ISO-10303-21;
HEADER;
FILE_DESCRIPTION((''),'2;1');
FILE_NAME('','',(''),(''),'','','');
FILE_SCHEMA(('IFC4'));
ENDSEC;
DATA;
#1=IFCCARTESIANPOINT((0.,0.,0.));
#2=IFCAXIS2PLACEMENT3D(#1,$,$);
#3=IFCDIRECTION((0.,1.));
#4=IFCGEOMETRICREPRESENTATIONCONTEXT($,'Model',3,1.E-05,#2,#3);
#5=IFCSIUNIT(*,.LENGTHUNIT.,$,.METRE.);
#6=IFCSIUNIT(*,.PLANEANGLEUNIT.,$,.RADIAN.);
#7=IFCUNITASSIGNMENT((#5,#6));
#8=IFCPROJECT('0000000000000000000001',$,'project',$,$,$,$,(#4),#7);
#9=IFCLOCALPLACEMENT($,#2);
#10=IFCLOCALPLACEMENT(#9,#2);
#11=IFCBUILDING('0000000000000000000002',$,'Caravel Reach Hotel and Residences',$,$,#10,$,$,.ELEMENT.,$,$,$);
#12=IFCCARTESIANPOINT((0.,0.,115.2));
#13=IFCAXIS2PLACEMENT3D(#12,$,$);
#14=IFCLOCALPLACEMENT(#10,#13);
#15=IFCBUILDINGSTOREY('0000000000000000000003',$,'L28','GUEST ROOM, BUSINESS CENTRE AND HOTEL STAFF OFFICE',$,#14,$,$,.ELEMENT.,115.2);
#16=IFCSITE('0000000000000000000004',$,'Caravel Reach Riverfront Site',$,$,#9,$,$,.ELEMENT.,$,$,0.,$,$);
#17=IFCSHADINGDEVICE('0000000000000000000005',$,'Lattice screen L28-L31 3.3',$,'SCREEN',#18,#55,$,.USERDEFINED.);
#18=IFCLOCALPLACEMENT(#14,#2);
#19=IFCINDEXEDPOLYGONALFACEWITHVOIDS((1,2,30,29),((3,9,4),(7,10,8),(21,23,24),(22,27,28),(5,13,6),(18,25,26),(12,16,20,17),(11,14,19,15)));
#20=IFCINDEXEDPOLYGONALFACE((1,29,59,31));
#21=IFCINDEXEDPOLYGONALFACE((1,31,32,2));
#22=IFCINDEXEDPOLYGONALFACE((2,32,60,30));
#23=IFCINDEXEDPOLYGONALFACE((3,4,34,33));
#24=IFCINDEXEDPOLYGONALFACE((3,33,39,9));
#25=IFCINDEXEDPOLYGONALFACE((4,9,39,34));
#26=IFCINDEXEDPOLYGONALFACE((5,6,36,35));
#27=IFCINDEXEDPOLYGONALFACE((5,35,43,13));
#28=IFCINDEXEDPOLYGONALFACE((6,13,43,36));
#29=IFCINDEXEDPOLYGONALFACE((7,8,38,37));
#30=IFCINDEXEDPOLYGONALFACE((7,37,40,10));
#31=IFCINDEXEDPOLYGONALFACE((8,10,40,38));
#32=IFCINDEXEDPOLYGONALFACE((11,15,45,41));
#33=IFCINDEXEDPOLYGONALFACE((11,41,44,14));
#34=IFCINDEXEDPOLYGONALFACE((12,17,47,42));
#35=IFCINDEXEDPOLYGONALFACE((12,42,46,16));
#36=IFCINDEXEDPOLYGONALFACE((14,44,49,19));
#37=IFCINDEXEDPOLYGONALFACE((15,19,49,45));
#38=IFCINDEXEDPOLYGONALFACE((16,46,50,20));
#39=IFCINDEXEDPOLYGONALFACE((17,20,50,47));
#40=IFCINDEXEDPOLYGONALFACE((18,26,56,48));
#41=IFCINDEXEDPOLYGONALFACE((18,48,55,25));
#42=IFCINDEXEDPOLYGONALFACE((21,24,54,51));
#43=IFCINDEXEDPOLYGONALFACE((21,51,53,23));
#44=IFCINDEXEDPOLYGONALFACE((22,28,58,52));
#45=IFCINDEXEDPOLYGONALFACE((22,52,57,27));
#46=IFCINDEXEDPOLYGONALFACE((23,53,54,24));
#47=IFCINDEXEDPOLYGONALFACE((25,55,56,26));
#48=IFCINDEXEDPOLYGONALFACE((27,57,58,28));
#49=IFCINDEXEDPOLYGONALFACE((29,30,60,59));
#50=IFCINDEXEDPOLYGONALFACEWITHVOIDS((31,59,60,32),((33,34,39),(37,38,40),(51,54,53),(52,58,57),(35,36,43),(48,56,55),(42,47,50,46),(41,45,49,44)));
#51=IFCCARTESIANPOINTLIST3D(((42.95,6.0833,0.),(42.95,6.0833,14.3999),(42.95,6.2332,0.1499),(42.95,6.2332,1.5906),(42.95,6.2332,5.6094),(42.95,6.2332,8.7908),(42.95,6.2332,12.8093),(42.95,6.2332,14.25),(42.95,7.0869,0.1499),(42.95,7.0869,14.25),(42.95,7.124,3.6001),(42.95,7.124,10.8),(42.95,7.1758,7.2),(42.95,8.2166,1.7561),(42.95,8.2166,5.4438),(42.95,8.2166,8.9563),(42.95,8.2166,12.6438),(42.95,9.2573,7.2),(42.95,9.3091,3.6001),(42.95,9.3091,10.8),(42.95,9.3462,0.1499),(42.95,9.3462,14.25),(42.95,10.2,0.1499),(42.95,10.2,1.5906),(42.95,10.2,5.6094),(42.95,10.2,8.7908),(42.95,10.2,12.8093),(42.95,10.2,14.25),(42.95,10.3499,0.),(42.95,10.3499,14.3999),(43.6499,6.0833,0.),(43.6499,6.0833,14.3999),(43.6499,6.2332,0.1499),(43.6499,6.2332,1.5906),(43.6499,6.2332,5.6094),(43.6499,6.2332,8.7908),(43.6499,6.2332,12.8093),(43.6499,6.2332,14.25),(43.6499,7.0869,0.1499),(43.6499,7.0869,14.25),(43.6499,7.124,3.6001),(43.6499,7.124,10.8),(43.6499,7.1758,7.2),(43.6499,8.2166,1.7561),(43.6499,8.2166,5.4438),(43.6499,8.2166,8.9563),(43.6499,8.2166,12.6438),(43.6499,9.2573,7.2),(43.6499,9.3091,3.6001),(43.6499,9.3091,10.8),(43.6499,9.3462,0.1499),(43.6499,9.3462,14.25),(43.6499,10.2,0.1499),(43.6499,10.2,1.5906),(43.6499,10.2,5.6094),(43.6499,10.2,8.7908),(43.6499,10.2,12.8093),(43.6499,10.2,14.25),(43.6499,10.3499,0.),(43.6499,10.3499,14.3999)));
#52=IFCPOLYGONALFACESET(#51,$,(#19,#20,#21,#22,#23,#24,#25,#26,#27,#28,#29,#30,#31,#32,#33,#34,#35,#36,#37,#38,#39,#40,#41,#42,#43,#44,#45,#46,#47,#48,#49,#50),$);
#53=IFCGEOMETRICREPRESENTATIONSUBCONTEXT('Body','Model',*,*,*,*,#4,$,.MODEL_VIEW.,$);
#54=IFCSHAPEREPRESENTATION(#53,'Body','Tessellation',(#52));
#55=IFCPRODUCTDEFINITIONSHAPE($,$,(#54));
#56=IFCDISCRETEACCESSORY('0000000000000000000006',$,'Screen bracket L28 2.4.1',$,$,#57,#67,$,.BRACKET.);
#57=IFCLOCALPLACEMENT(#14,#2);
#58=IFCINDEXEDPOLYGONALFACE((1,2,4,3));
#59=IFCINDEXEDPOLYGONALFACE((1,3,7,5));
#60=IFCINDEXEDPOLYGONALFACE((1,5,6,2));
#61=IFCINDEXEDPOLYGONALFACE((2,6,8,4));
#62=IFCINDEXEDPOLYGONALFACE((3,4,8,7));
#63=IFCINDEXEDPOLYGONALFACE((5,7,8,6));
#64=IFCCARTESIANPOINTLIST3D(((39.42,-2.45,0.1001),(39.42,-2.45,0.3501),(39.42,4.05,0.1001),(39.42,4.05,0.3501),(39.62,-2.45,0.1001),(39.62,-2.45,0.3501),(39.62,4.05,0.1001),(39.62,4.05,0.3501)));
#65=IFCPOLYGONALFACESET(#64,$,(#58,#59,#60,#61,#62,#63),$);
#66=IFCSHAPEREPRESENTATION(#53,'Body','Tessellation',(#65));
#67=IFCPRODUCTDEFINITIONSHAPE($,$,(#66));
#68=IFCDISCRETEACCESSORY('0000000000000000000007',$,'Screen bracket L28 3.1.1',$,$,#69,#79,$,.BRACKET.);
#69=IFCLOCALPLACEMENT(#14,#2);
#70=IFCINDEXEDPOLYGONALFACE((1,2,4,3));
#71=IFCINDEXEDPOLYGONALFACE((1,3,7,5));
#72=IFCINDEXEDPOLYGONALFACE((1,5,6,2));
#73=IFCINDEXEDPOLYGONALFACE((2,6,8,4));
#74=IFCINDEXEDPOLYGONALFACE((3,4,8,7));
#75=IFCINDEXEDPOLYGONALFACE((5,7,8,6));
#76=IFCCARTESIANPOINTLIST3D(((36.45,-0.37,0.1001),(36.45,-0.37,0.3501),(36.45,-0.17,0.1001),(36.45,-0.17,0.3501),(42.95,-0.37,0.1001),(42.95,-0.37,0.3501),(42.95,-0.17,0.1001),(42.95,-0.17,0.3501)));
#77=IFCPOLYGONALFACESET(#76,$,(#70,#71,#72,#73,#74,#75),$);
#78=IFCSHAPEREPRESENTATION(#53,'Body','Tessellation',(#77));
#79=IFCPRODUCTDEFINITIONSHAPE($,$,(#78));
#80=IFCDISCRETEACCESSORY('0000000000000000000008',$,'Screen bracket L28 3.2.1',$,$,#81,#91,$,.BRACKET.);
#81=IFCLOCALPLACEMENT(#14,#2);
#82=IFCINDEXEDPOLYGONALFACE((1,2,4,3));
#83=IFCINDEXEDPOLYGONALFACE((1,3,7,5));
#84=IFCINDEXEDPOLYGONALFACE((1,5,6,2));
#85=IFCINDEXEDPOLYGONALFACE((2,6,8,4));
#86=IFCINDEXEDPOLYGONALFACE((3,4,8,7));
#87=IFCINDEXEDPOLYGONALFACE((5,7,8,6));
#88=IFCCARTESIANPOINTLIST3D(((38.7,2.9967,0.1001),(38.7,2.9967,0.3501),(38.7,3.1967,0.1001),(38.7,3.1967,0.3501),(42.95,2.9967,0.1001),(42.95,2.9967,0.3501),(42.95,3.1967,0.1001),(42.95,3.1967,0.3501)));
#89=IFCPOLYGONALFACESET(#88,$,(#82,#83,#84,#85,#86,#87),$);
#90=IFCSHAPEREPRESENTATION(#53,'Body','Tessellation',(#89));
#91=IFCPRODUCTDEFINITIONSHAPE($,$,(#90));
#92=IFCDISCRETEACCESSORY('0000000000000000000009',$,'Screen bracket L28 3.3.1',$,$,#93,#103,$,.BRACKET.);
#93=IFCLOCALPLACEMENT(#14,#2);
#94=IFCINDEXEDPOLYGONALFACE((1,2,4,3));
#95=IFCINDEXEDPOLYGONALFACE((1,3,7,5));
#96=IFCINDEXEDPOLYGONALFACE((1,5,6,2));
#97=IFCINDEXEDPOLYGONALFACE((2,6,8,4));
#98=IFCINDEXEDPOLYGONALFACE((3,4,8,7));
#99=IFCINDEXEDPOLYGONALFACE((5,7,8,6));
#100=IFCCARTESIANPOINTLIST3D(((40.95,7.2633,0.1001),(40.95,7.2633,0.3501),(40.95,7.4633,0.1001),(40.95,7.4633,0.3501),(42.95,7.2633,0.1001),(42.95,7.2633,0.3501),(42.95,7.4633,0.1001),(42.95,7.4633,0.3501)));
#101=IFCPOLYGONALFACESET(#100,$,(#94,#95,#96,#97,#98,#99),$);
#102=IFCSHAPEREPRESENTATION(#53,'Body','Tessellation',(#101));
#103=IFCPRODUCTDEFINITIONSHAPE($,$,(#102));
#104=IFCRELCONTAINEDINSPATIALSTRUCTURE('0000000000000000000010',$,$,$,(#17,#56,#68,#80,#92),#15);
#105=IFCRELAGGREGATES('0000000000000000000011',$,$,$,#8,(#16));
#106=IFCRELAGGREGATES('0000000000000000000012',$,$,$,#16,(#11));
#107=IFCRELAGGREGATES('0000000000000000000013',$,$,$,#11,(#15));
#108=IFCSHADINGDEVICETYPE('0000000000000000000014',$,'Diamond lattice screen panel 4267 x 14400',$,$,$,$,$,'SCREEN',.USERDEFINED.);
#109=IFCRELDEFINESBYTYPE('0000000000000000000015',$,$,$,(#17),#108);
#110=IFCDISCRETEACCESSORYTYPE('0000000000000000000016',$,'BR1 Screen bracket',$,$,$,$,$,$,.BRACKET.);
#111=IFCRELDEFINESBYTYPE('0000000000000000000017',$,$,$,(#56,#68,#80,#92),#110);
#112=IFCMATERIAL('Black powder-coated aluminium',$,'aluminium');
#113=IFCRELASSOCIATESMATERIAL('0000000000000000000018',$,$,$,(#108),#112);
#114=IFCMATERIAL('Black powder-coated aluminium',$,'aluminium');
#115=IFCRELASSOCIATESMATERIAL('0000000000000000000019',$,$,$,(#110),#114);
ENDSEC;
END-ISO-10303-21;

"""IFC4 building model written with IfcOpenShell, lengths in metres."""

from ifc_helpers import new_model, si_unit, direction, frame, origin, origin_2d, place, context, subcontext, project, spatial, polyline, rectangle, outline, extrude, material, type_object, element, save


model = new_model("IFC4")

# Units and contexts
model_context = context("Model", 3, precision=1e-05, world=origin(), true_north=direction((0.0, 1.0)))
body_context = subcontext(model_context, "Body", "Model", "MODEL_VIEW")
ifc_project = project(units=[si_unit("LENGTHUNIT", "METRE"), si_unit("PLANEANGLEUNIT", "RADIAN")], contexts=[model_context])

# Site, building, storey
site_placement = place(None, origin())
site = spatial("IfcSite", under=ifc_project, at=site_placement, Name="Caravel Reach Riverfront Site", CompositionType="ELEMENT", RefElevation=0.0)
building_placement = place(site_placement, origin())
building = spatial("IfcBuilding", under=site, at=building_placement, Name="Caravel Reach Hotel and Residences", CompositionType="ELEMENT")
storey_placement = place(building_placement, frame((0.0, 0.0, 115.2)))
storey = spatial("IfcBuildingStorey", under=building, at=storey_placement, Name="L28", Description="GUEST ROOM, BUSINESS CENTRE AND HOTEL STAFF OFFICE", CompositionType="ELEMENT", Elevation=115.2)

# Shading device
ifc_material_1 = material(Name="Black powder-coated aluminium", Category="aluminium")
shading_device_type = type_object("IfcShadingDeviceType", Name="Diamond lattice screen panel 4267 x 14400", ElementType="SCREEN", PredefinedType="USERDEFINED", material=ifc_material_1)
for number, where, z_axis, x_axis, name in (
    (1, (42.95, 6.0833, 0.0), (1.0, 0.0, 0.0), (0.0, 1.0, 0.0), "Lattice screen L28-L31 3.3"),
):
    element("IfcShadingDevice", number, at=place(storey_placement, frame(where, z_axis=z_axis, x_axis=x_axis)), inside=storey, type_object=shading_device_type, Name=name, ObjectType="SCREEN", PredefinedType="USERDEFINED", context=body_context, shape_type="SweptSolid", body=[
        extrude(outline(polyline([(0.0, 0.0), (4.2666, 0.0), (4.2666, 14.3999), (0.0, 14.3999), (0.0, 0.0)]), holes=[polyline([(1.0037, 0.1499), (0.1499, 1.5906), (0.1499, 0.1499), (1.0037, 0.1499)]), polyline([(1.0925, 7.2), (0.1499, 8.7908), (0.1499, 5.6094), (1.0925, 7.2)]), polyline([(0.1499, 12.8093), (1.0037, 14.25), (0.1499, 14.25), (0.1499, 12.8093)]), polyline([(2.1333, 5.4438), (1.0408, 3.6001), (2.1333, 1.7561), (3.2258, 3.6001), (2.1333, 5.4438)]), polyline([(2.1333, 12.6438), (1.0408, 10.8), (2.1333, 8.9563), (3.2258, 10.8), (2.1333, 12.6438)]), polyline([(4.1167, 1.5906), (3.2629, 0.1499), (4.1167, 0.1499), (4.1167, 1.5906)]), polyline([(3.1741, 7.2), (4.1167, 5.6094), (4.1167, 8.7908), (3.1741, 7.2)]), polyline([(3.2629, 14.25), (4.1167, 12.8093), (4.1167, 14.25), (3.2629, 14.25)])]), origin(), (0.0, 0.0, 1.0), 0.7),
    ])

# Discrete accessories
ifc_material_2 = material(Name="Black powder-coated aluminium", Category="aluminium")
discrete_accessory_type = type_object("IfcDiscreteAccessoryType", Name="BR1 Screen bracket", PredefinedType="BRACKET", material=ifc_material_2)
for number, where, z_axis, x_axis, name in (
    (2, (39.52, 0.8, 0.1001), (0.0, 0.0, 1.0), (0.0, -1.0, 0.0), "Screen bracket L28 2.4.1"),
    (3, (39.7, -0.27, 0.1001), (0.0, 0.0, 1.0), (1.0, 0.0, 0.0), "Screen bracket L28 3.1.1"),
):
    element("IfcDiscreteAccessory", number, at=place(storey_placement, frame(where, z_axis=z_axis, x_axis=x_axis)), inside=storey, type_object=discrete_accessory_type, Name=name, PredefinedType="BRACKET", context=body_context, shape_type="SweptSolid", body=[
        extrude(rectangle(XDim=6.5, YDim=0.2, at=origin_2d()), origin(), (0.0, 0.0, 1.0), 0.25),
    ])
discrete_accessory_1_placement = place(storey_placement, frame((40.825, 3.0967, 0.1001), z_axis=(0.0, 0.0, 1.0), x_axis=(1.0, 0.0, 0.0)))
element("IfcDiscreteAccessory", 4, at=discrete_accessory_1_placement, inside=storey, type_object=discrete_accessory_type, Name="Screen bracket L28 3.2.1", PredefinedType="BRACKET", context=body_context, shape_type="SweptSolid", body=[
    extrude(rectangle(XDim=4.25, YDim=0.2, at=origin_2d()), origin(), (0.0, 0.0, 1.0), 0.25),
])
discrete_accessory_2_placement = place(storey_placement, frame((41.95, 7.3633, 0.1001), z_axis=(0.0, 0.0, 1.0), x_axis=(1.0, 0.0, 0.0)))
element("IfcDiscreteAccessory", 5, at=discrete_accessory_2_placement, inside=storey, type_object=discrete_accessory_type, Name="Screen bracket L28 3.3.1", PredefinedType="BRACKET", context=body_context, shape_type="SweptSolid", body=[
    extrude(rectangle(XDim=2.0, YDim=0.2, at=origin_2d()), origin(), (0.0, 0.0, 1.0), 0.25),
])

save(model, "model.ifc")
